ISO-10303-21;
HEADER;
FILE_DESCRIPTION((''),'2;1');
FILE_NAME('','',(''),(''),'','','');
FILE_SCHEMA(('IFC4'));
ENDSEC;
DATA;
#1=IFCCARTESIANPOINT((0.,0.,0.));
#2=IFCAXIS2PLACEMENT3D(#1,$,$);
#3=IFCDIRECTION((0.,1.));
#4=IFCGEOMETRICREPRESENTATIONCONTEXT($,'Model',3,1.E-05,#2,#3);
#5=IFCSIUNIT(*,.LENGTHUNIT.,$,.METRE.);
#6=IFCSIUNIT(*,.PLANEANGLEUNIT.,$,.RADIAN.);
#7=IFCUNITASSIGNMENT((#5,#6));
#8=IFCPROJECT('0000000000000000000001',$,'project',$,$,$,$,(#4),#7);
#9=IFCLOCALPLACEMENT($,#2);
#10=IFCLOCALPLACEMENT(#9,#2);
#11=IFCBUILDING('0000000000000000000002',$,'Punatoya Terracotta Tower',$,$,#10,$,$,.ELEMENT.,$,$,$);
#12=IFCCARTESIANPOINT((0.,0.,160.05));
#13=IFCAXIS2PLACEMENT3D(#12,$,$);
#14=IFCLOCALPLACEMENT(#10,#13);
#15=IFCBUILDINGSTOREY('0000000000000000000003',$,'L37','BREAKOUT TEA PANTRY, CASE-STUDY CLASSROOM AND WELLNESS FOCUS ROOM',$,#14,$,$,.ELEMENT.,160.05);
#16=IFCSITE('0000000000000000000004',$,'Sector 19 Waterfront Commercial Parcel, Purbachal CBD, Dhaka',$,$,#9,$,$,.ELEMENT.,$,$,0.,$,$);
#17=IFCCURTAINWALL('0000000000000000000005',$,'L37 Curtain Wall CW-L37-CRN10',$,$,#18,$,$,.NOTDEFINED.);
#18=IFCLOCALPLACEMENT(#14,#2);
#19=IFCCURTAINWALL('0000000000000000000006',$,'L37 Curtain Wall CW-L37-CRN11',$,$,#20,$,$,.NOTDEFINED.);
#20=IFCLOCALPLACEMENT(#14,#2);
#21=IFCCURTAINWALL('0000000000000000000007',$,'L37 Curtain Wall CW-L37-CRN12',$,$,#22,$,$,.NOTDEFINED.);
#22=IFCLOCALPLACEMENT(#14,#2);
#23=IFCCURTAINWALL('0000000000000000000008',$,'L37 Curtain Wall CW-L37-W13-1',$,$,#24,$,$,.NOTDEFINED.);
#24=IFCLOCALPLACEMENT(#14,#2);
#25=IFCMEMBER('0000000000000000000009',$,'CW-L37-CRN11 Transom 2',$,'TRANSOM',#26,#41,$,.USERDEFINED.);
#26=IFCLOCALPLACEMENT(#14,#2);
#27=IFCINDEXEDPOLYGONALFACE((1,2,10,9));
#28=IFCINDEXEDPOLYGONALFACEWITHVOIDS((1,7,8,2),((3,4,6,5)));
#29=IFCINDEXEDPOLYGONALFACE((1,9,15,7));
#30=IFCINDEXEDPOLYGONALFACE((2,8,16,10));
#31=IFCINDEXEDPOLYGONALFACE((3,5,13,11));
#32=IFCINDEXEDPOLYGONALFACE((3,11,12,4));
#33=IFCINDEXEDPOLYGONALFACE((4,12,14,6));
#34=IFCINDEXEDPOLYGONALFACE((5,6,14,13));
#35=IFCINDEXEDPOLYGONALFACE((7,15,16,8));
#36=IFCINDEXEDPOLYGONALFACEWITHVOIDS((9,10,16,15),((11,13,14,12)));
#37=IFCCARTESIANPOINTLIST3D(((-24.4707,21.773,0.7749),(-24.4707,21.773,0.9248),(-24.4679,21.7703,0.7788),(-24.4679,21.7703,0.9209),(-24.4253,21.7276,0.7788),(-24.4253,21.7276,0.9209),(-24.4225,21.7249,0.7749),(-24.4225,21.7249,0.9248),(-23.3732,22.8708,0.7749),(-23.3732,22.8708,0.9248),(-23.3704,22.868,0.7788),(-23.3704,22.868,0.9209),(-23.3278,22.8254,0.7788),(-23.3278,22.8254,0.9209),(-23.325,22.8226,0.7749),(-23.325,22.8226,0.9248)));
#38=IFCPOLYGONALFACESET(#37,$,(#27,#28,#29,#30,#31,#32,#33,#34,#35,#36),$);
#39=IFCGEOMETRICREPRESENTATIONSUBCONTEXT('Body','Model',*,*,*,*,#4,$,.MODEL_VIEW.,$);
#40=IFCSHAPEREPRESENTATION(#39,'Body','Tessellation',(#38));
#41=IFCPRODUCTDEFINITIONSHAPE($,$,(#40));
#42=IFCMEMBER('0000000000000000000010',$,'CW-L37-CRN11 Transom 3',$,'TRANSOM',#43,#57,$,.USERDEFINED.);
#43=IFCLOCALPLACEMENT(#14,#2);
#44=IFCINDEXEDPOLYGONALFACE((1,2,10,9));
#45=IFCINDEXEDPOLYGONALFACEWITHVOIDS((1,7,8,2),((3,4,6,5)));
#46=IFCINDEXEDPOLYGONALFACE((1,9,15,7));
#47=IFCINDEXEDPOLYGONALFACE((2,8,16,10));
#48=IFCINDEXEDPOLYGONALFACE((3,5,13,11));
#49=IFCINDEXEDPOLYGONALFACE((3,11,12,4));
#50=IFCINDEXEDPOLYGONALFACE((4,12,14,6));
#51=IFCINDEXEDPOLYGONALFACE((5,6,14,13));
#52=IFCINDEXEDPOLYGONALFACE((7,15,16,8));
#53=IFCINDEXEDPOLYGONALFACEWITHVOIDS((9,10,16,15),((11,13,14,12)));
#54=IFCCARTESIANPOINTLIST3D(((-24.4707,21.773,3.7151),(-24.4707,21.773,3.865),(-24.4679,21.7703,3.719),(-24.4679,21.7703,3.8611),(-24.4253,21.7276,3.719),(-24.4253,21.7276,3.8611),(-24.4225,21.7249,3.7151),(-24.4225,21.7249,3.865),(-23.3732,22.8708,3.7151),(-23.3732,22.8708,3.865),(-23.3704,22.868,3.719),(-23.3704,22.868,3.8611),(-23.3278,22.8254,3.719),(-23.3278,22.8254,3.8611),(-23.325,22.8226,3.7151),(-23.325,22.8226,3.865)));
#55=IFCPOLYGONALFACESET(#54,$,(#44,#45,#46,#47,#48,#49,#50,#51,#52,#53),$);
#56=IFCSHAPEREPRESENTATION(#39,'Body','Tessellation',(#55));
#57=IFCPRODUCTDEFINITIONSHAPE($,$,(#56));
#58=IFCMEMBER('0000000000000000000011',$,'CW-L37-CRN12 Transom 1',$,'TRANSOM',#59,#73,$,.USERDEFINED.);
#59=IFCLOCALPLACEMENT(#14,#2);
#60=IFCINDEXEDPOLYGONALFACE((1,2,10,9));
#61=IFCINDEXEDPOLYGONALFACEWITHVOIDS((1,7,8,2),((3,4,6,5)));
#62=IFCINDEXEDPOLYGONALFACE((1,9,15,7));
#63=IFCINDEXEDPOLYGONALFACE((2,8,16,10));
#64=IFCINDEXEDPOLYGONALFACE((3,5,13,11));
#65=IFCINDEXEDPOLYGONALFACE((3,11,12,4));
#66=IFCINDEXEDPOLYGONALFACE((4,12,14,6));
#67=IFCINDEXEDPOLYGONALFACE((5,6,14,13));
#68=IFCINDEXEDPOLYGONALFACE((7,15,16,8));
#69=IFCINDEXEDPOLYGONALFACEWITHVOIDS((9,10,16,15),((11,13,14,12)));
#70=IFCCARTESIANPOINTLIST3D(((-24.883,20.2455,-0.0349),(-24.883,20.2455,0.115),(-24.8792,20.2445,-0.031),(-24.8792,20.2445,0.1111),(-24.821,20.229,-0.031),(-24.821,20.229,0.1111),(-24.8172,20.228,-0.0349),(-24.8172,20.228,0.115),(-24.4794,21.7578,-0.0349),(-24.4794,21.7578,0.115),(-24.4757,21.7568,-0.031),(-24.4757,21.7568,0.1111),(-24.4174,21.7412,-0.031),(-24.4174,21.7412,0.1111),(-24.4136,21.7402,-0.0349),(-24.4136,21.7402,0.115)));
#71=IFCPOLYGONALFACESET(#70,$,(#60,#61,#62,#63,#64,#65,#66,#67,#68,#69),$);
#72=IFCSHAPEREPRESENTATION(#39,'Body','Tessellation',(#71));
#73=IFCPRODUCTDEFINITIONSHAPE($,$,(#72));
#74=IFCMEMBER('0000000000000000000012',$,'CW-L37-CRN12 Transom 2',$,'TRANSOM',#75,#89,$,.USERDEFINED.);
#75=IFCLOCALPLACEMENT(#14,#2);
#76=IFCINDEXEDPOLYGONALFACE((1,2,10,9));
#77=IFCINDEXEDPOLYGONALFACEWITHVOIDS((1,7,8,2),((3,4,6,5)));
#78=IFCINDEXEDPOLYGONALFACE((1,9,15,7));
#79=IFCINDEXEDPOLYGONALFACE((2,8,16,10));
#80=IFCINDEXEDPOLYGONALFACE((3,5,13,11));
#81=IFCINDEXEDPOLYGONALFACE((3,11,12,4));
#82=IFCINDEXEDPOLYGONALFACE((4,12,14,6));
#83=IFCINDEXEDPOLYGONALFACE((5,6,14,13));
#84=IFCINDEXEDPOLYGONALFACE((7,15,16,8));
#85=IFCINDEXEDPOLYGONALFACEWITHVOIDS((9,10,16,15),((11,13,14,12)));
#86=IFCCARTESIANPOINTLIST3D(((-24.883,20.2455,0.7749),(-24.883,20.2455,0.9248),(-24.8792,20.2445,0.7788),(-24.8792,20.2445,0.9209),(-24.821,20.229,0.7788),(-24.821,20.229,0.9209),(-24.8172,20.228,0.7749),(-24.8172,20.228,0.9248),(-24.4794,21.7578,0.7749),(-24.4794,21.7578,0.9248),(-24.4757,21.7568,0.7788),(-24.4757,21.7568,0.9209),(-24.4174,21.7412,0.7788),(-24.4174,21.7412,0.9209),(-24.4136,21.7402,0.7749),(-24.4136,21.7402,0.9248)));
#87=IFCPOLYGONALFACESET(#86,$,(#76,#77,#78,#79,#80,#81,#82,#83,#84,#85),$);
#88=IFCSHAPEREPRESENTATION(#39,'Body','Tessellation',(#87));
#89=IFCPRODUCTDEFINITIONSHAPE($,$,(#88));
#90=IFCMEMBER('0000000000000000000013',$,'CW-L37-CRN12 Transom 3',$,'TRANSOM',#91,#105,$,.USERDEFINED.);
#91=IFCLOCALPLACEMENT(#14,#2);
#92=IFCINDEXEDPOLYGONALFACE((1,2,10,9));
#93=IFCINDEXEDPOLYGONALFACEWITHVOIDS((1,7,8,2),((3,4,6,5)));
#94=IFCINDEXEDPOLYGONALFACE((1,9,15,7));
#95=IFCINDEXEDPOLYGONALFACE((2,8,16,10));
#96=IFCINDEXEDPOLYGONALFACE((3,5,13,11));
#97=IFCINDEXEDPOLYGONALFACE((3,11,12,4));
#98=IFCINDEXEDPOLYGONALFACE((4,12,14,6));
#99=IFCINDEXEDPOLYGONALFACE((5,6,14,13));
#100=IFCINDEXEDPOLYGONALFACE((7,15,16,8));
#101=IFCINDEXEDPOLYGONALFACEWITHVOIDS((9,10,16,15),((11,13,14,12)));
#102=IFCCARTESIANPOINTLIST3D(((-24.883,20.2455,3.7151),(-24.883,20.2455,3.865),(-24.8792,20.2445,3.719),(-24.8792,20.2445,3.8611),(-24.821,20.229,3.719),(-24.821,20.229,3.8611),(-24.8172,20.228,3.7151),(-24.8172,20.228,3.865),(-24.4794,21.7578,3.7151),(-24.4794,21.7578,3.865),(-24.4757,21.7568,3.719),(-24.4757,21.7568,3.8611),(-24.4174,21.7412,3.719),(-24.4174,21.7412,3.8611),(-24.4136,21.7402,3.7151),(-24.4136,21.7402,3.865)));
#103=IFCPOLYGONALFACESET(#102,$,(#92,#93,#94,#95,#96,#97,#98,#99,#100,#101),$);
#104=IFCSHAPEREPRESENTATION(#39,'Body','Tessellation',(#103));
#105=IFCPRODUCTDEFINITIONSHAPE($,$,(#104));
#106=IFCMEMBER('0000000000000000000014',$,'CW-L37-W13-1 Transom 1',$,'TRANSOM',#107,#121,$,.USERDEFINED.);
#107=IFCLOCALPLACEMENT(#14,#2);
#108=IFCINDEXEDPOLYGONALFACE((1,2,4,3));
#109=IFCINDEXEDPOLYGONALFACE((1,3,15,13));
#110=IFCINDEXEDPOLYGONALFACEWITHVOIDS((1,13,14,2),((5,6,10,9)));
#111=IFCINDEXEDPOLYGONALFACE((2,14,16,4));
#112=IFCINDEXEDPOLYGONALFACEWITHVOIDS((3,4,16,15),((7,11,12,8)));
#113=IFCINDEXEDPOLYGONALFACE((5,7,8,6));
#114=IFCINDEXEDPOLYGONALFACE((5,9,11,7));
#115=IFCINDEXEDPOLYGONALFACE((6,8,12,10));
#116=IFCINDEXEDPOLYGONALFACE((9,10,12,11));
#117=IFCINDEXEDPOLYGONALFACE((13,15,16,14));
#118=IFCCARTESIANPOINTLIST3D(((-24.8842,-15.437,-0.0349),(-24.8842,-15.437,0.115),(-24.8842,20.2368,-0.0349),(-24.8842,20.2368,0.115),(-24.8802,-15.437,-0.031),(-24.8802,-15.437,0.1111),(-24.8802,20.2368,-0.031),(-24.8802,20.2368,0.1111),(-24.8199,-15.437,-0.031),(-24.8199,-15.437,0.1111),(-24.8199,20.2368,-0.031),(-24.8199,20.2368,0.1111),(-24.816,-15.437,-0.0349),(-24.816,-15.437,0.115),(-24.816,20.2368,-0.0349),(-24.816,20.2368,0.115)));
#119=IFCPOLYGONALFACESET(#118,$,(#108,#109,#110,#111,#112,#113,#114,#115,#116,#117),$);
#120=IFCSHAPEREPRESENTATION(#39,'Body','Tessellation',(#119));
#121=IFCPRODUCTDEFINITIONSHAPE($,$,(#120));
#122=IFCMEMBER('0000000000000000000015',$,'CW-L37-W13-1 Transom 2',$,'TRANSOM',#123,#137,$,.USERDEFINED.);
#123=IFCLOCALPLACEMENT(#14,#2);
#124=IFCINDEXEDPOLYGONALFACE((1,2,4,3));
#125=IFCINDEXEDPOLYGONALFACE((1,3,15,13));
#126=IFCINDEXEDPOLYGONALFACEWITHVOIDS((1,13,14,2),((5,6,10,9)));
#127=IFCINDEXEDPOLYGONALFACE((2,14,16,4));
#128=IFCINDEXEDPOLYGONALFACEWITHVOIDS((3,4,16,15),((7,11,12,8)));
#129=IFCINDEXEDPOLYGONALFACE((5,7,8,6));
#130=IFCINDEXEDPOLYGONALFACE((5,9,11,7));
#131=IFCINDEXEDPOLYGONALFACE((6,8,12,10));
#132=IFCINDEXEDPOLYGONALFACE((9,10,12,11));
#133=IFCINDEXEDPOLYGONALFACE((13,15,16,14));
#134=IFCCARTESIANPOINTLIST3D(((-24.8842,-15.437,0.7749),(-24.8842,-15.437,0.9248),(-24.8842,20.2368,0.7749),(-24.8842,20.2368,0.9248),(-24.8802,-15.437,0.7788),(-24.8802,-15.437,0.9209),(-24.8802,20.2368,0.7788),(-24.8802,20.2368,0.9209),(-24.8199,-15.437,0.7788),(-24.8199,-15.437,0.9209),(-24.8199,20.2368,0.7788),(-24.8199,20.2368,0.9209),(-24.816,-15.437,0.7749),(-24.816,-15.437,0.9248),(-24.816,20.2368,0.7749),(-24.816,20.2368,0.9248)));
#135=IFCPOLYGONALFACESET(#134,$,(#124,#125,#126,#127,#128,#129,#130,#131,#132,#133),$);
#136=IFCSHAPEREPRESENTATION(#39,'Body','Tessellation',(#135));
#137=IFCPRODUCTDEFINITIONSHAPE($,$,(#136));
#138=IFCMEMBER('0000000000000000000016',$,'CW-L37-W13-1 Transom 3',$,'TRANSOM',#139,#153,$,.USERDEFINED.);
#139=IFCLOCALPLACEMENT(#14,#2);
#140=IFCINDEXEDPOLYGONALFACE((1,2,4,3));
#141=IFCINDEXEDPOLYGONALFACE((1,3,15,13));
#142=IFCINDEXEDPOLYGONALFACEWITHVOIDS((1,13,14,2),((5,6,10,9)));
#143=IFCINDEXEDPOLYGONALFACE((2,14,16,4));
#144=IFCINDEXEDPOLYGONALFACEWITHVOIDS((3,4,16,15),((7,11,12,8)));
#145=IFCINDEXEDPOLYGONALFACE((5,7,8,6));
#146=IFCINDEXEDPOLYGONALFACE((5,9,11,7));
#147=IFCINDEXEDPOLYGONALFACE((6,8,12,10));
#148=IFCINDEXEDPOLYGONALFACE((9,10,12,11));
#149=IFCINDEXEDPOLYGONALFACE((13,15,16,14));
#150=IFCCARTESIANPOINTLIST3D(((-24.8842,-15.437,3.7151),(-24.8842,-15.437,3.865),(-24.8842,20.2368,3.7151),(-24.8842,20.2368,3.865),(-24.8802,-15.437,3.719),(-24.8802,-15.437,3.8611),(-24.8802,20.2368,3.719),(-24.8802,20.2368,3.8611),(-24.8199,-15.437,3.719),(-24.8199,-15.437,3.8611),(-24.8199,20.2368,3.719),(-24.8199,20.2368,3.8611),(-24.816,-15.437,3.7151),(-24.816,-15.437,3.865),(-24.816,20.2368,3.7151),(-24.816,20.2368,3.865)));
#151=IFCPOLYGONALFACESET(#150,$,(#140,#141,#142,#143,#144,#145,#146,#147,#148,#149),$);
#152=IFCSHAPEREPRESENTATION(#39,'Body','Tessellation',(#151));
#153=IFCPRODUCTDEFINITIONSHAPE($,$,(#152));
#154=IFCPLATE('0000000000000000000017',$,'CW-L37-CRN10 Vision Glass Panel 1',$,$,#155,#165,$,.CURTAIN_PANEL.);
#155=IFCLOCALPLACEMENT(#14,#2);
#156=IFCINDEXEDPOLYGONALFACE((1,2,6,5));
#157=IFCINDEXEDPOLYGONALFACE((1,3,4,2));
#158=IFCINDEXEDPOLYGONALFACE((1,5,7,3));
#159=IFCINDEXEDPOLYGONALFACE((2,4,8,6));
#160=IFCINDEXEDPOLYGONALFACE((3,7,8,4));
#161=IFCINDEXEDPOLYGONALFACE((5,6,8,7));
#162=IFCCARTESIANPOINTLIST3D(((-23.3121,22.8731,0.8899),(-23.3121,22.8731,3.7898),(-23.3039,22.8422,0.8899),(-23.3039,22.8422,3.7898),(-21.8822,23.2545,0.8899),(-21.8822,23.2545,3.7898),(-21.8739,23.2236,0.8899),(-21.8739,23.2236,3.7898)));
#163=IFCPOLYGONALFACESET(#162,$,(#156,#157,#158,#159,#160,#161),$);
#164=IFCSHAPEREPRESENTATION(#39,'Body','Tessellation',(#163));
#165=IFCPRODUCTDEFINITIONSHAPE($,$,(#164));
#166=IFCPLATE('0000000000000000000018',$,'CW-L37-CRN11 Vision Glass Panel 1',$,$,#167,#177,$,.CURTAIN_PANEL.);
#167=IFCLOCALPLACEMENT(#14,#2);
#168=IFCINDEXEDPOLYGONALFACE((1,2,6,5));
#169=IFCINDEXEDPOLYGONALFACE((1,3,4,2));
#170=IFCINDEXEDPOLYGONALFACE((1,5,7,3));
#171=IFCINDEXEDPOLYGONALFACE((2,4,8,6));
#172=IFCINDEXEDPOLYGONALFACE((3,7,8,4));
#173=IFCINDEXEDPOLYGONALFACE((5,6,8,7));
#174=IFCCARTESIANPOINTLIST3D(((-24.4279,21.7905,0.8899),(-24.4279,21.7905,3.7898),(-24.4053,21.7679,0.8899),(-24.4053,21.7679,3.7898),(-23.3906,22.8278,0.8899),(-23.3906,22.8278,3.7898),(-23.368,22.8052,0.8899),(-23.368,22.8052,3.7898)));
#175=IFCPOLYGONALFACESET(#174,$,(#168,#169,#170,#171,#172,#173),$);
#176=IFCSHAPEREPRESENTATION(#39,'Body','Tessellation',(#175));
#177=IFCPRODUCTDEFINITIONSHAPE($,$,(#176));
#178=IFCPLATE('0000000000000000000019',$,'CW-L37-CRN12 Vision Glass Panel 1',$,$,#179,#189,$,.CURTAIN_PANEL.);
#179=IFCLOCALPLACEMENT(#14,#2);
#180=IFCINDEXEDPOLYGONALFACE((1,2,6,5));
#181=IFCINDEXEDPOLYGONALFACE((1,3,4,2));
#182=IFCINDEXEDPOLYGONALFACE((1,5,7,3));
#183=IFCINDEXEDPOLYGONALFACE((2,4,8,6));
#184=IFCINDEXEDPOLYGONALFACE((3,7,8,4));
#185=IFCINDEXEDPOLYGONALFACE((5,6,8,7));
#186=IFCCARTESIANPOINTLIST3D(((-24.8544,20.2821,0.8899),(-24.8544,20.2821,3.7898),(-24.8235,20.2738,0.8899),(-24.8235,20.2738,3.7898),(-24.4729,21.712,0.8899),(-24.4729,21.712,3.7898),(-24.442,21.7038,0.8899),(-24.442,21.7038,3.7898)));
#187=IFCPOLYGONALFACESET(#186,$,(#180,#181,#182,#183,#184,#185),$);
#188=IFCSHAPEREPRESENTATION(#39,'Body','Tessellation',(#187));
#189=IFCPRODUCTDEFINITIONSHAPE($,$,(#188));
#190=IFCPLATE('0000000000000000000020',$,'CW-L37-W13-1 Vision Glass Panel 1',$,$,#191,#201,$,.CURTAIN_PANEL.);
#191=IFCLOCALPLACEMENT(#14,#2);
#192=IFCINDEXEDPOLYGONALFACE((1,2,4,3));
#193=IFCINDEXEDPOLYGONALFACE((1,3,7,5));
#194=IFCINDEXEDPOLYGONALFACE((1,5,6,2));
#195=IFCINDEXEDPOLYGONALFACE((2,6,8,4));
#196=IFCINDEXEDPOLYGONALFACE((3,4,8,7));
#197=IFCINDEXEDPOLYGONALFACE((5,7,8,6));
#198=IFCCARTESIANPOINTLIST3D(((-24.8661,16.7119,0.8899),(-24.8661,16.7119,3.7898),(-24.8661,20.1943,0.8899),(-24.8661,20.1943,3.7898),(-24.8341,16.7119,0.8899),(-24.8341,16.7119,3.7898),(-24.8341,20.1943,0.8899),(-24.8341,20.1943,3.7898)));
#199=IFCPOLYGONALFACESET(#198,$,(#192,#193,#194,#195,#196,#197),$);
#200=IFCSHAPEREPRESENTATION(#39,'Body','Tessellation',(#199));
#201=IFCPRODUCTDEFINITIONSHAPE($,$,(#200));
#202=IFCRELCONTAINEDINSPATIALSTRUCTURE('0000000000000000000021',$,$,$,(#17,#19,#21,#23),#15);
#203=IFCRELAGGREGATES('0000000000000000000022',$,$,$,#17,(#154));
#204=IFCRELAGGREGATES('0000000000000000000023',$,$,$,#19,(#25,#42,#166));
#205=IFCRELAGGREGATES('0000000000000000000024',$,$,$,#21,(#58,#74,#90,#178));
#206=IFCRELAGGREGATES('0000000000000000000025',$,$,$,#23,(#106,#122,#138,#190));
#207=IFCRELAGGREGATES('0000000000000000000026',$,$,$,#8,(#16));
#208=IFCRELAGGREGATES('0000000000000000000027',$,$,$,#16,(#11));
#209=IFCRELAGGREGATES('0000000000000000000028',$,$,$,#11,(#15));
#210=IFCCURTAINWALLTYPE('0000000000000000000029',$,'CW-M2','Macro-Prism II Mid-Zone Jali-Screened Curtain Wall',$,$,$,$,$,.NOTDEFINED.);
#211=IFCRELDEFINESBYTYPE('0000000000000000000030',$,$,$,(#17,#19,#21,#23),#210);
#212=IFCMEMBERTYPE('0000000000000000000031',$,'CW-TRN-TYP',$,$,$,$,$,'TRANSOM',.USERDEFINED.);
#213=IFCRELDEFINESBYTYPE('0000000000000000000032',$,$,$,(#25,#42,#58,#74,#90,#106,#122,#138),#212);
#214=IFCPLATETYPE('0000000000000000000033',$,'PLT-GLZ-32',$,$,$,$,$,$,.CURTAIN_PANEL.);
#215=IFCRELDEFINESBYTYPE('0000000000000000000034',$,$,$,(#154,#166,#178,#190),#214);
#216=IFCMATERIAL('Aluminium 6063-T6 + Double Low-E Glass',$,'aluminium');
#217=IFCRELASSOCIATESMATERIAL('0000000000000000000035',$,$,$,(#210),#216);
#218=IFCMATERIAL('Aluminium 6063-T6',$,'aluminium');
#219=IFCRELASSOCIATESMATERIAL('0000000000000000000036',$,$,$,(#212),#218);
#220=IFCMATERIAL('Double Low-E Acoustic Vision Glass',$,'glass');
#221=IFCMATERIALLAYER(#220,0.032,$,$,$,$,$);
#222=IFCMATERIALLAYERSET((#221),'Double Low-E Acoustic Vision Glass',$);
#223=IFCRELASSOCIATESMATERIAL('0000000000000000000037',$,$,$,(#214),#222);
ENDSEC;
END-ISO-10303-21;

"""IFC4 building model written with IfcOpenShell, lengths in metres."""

from ifc_helpers import new_model, si_unit, direction, frame, origin, origin_2d, place, context, subcontext, project, spatial, rectangle, hollow_rectangle, extrude, material, layer, layer_set, material_profile, profile_set, type_object, element, aggregate, save


model = new_model("IFC4")

# Units and contexts
model_context = context("Model", 3, precision=1e-05, world=origin(), true_north=direction((0.0, 1.0)))
body_context = subcontext(model_context, "Body", "Model", "MODEL_VIEW")
ifc_project = project(units=[si_unit("LENGTHUNIT", "METRE"), si_unit("PLANEANGLEUNIT", "RADIAN")], contexts=[model_context])

# Site, building, storey
site_placement = place(None, origin())
site = spatial("IfcSite", under=ifc_project, at=site_placement, Name="Sector 19 Waterfront Commercial Parcel, Purbachal CBD, Dhaka", CompositionType="ELEMENT", RefElevation=0.0)
building_placement = place(site_placement, origin())
building = spatial("IfcBuilding", under=site, at=building_placement, Name="Punatoya Terracotta Tower", CompositionType="ELEMENT")
storey_placement = place(building_placement, frame((0.0, 0.0, 160.05)))
storey = spatial("IfcBuildingStorey", under=building, at=storey_placement, Name="L37", Description="BREAKOUT TEA PANTRY, CASE-STUDY CLASSROOM AND WELLNESS FOCUS ROOM", CompositionType="ELEMENT", Elevation=160.05)

# Curtain walls
ifc_material_1 = material(Name="Aluminium 6063-T6 + Double Low-E Glass", Category="aluminium")
curtain_wall_type = type_object("IfcCurtainWallType", Name="CW-M2", Description="Macro-Prism II Mid-Zone Jali-Screened Curtain Wall", PredefinedType="NOTDEFINED", material=ifc_material_1)
curtain_wall_1_placement = place(storey_placement, origin())
curtain_wall_1 = element("IfcCurtainWall", 1, at=curtain_wall_1_placement, inside=storey, type_object=curtain_wall_type, Name="L37 Curtain Wall CW-L37-CRN10", PredefinedType="NOTDEFINED")
ifc_material_2 = material(Name="Aluminium 6063-T6", Category="aluminium")
curtain_wall_2_placement = place(storey_placement, origin())
curtain_wall_2 = element("IfcCurtainWall", 2, at=curtain_wall_2_placement, inside=storey, type_object=curtain_wall_type, Name="L37 Curtain Wall CW-L37-CRN11", PredefinedType="NOTDEFINED")
curtain_wall_3_placement = place(storey_placement, origin())
curtain_wall_3 = element("IfcCurtainWall", 3, at=curtain_wall_3_placement, inside=storey, type_object=curtain_wall_type, Name="L37 Curtain Wall CW-L37-CRN12", PredefinedType="NOTDEFINED")

# Curtain wall
curtain_wall_4_placement = place(storey_placement, origin())
curtain_wall_4 = element("IfcCurtainWall", 4, at=curtain_wall_4_placement, inside=storey, type_object=curtain_wall_type, Name="L37 Curtain Wall CW-L37-W13-1", PredefinedType="NOTDEFINED")

# Members
ifc_material_profile_1 = material_profile(ifc_material_2, hollow_rectangle(XDim=0.0681, YDim=0.1499, WallThickness=0.0039, at=origin_2d()))
ifc_profile_set_1 = profile_set([ifc_material_profile_1], Name="Aluminium 6063-T6")
member_type_1 = type_object("IfcMemberType", Name="CW-TRN-TYP", ElementType="TRANSOM", PredefinedType="USERDEFINED", material=ifc_profile_set_1)
member_1_placement = place(storey_placement, frame((-23.3491, 22.8467, 0.8499), z_axis=(-0.707028, -0.707185, 0.0), x_axis=(0.707185, -0.707028, 0.0)))
member_1 = element("IfcMember", 5, at=member_1_placement, type_object=member_type_1, Name="CW-L37-CRN11 Transom 2", ObjectType="TRANSOM", PredefinedType="USERDEFINED", context=body_context, shape_type="SweptSolid", body=[
    extrude(hollow_rectangle(XDim=0.0681, YDim=0.1499, WallThickness=0.0039, at=origin_2d()), origin(), (0.0, 0.0, 1.0), 1.5522),
])
member_2_placement = place(storey_placement, frame((-23.3491, 22.8467, 3.79), z_axis=(-0.707028, -0.707185, 0.0), x_axis=(0.707185, -0.707028, 0.0)))
member_2 = element("IfcMember", 6, at=member_2_placement, type_object=member_type_1, Name="CW-L37-CRN11 Transom 3", ObjectType="TRANSOM", PredefinedType="USERDEFINED", context=body_context, shape_type="SweptSolid", body=[
    extrude(hollow_rectangle(XDim=0.0681, YDim=0.1499, WallThickness=0.0039, at=origin_2d()), origin(), (0.0, 0.0, 1.0), 1.5522),
])
member_3_placement = place(storey_placement, frame((-24.4465, 21.749, 0.04), z_axis=(-0.257847, -0.966186, 0.0), x_axis=(0.966186, -0.257847, 0.0)))
member_3 = element("IfcMember", 7, at=member_3_placement, type_object=member_type_1, Name="CW-L37-CRN12 Transom 1", ObjectType="TRANSOM", PredefinedType="USERDEFINED", context=body_context, shape_type="SweptSolid", body=[
    extrude(hollow_rectangle(XDim=0.0681, YDim=0.1499, WallThickness=0.0039, at=origin_2d()), origin(), (0.0, 0.0, 1.0), 1.5652),
])
member_4_placement = place(storey_placement, frame((-24.4465, 21.749, 0.8499), z_axis=(-0.257847, -0.966186, 0.0), x_axis=(0.966186, -0.257847, 0.0)))
member_4 = element("IfcMember", 8, at=member_4_placement, type_object=member_type_1, Name="CW-L37-CRN12 Transom 2", ObjectType="TRANSOM", PredefinedType="USERDEFINED", context=body_context, shape_type="SweptSolid", body=[
    extrude(hollow_rectangle(XDim=0.0681, YDim=0.1499, WallThickness=0.0039, at=origin_2d()), origin(), (0.0, 0.0, 1.0), 1.5652),
])
member_5_placement = place(storey_placement, frame((-24.4465, 21.749, 3.79), z_axis=(-0.257847, -0.966186, 0.0), x_axis=(0.966186, -0.257847, 0.0)))
member_5 = element("IfcMember", 9, at=member_5_placement, type_object=member_type_1, Name="CW-L37-CRN12 Transom 3", ObjectType="TRANSOM", PredefinedType="USERDEFINED", context=body_context, shape_type="SweptSolid", body=[
    extrude(hollow_rectangle(XDim=0.0681, YDim=0.1499, WallThickness=0.0039, at=origin_2d()), origin(), (0.0, 0.0, 1.0), 1.5652),
])
member_6_placement = place(storey_placement, frame((-24.8501, 20.2368, 0.04), z_axis=(0.0, -1.0, 0.0), x_axis=(1.0, 0.0, 0.0)))
member_6 = element("IfcMember", 10, at=member_6_placement, type_object=member_type_1, Name="CW-L37-W13-1 Transom 1", ObjectType="TRANSOM", PredefinedType="USERDEFINED", context=body_context, shape_type="SweptSolid", body=[
    extrude(hollow_rectangle(XDim=0.0681, YDim=0.1499, WallThickness=0.0039, at=origin_2d()), origin(), (0.0, 0.0, 1.0), 35.6738),
])
member_7_placement = place(storey_placement, frame((-24.8501, 20.2368, 0.8499), z_axis=(0.0, -1.0, 0.0), x_axis=(1.0, 0.0, 0.0)))
member_7 = element("IfcMember", 11, at=member_7_placement, type_object=member_type_1, Name="CW-L37-W13-1 Transom 2", ObjectType="TRANSOM", PredefinedType="USERDEFINED", context=body_context, shape_type="SweptSolid", body=[
    extrude(hollow_rectangle(XDim=0.0681, YDim=0.1499, WallThickness=0.0039, at=origin_2d()), origin(), (0.0, 0.0, 1.0), 35.6738),
])
member_8_placement = place(storey_placement, frame((-24.8501, 20.2368, 3.79), z_axis=(0.0, -1.0, 0.0), x_axis=(1.0, 0.0, 0.0)))
member_8 = element("IfcMember", 12, at=member_8_placement, type_object=member_type_1, Name="CW-L37-W13-1 Transom 3", ObjectType="TRANSOM", PredefinedType="USERDEFINED", context=body_context, shape_type="SweptSolid", body=[
    extrude(hollow_rectangle(XDim=0.0681, YDim=0.1499, WallThickness=0.0039, at=origin_2d()), origin(), (0.0, 0.0, 1.0), 35.6738),
])

# Plates
ifc_material_3 = material(Name="Double Low-E Acoustic Vision Glass", Category="glass")
ifc_layer_1 = layer(ifc_material_3, 0.032)
ifc_layer_set_1 = layer_set([ifc_layer_1], Name="Double Low-E Acoustic Vision Glass")
plate_type_1 = type_object("IfcPlateType", Name="PLT-GLZ-32", PredefinedType="CURTAIN_PANEL", material=ifc_layer_set_1)
plate_1_placement = place(storey_placement, frame((-22.593, 23.0483, 0.8899), z_axis=(0.0, 0.0, 1.0), x_axis=(-0.966214, -0.257742, 0.0)))
plate_1 = element("IfcPlate", 13, at=plate_1_placement, type_object=plate_type_1, Name="CW-L37-CRN10 Vision Glass Panel 1", PredefinedType="CURTAIN_PANEL", context=body_context, shape_type="SweptSolid", body=[
    extrude(rectangle(XDim=1.48, YDim=0.032, at=origin_2d()), origin(), (0.0, 0.0, 1.0), 2.8999),
])
plate_2_placement = place(storey_placement, frame((-23.8979, 22.2979, 0.8899), z_axis=(0.0, 0.0, 1.0), x_axis=(-0.707107, -0.707107, 0.0)))
plate_2 = element("IfcPlate", 14, at=plate_2_placement, type_object=plate_type_1, Name="CW-L37-CRN11 Vision Glass Panel 1", PredefinedType="CURTAIN_PANEL", context=body_context, shape_type="SweptSolid", body=[
    extrude(rectangle(XDim=1.467, YDim=0.032, at=origin_2d()), origin(), (0.0, 0.0, 1.0), 2.8999),
])
plate_3_placement = place(storey_placement, frame((-24.6482, 20.9929, 0.8899), z_axis=(0.0, 0.0, 1.0), x_axis=(-0.257742, -0.966214, 0.0)))
plate_3 = element("IfcPlate", 15, at=plate_3_placement, type_object=plate_type_1, Name="CW-L37-CRN12 Vision Glass Panel 1", PredefinedType="CURTAIN_PANEL", context=body_context, shape_type="SweptSolid", body=[
    extrude(rectangle(XDim=1.48, YDim=0.032, at=origin_2d()), origin(), (0.0, 0.0, 1.0), 2.8999),
])
plate_4_placement = place(storey_placement, frame((-24.8501, 18.4531, 0.8899), z_axis=(0.0, 0.0, 1.0), x_axis=(0.0, -1.0, 0.0)))
plate_4 = element("IfcPlate", 16, at=plate_4_placement, type_object=plate_type_1, Name="CW-L37-W13-1 Vision Glass Panel 1", PredefinedType="CURTAIN_PANEL", context=body_context, shape_type="SweptSolid", body=[
    extrude(rectangle(XDim=3.4824, YDim=0.032, at=origin_2d()), origin(), (0.0, 0.0, 1.0), 2.8999),
])
aggregate(curtain_wall_1, [plate_1])
aggregate(curtain_wall_2, [member_1, member_2, plate_2])
aggregate(curtain_wall_3, [member_3, member_4, member_5, plate_3])
aggregate(curtain_wall_4, [member_6, member_7, member_8, plate_4])

save(model, "model.ifc")
